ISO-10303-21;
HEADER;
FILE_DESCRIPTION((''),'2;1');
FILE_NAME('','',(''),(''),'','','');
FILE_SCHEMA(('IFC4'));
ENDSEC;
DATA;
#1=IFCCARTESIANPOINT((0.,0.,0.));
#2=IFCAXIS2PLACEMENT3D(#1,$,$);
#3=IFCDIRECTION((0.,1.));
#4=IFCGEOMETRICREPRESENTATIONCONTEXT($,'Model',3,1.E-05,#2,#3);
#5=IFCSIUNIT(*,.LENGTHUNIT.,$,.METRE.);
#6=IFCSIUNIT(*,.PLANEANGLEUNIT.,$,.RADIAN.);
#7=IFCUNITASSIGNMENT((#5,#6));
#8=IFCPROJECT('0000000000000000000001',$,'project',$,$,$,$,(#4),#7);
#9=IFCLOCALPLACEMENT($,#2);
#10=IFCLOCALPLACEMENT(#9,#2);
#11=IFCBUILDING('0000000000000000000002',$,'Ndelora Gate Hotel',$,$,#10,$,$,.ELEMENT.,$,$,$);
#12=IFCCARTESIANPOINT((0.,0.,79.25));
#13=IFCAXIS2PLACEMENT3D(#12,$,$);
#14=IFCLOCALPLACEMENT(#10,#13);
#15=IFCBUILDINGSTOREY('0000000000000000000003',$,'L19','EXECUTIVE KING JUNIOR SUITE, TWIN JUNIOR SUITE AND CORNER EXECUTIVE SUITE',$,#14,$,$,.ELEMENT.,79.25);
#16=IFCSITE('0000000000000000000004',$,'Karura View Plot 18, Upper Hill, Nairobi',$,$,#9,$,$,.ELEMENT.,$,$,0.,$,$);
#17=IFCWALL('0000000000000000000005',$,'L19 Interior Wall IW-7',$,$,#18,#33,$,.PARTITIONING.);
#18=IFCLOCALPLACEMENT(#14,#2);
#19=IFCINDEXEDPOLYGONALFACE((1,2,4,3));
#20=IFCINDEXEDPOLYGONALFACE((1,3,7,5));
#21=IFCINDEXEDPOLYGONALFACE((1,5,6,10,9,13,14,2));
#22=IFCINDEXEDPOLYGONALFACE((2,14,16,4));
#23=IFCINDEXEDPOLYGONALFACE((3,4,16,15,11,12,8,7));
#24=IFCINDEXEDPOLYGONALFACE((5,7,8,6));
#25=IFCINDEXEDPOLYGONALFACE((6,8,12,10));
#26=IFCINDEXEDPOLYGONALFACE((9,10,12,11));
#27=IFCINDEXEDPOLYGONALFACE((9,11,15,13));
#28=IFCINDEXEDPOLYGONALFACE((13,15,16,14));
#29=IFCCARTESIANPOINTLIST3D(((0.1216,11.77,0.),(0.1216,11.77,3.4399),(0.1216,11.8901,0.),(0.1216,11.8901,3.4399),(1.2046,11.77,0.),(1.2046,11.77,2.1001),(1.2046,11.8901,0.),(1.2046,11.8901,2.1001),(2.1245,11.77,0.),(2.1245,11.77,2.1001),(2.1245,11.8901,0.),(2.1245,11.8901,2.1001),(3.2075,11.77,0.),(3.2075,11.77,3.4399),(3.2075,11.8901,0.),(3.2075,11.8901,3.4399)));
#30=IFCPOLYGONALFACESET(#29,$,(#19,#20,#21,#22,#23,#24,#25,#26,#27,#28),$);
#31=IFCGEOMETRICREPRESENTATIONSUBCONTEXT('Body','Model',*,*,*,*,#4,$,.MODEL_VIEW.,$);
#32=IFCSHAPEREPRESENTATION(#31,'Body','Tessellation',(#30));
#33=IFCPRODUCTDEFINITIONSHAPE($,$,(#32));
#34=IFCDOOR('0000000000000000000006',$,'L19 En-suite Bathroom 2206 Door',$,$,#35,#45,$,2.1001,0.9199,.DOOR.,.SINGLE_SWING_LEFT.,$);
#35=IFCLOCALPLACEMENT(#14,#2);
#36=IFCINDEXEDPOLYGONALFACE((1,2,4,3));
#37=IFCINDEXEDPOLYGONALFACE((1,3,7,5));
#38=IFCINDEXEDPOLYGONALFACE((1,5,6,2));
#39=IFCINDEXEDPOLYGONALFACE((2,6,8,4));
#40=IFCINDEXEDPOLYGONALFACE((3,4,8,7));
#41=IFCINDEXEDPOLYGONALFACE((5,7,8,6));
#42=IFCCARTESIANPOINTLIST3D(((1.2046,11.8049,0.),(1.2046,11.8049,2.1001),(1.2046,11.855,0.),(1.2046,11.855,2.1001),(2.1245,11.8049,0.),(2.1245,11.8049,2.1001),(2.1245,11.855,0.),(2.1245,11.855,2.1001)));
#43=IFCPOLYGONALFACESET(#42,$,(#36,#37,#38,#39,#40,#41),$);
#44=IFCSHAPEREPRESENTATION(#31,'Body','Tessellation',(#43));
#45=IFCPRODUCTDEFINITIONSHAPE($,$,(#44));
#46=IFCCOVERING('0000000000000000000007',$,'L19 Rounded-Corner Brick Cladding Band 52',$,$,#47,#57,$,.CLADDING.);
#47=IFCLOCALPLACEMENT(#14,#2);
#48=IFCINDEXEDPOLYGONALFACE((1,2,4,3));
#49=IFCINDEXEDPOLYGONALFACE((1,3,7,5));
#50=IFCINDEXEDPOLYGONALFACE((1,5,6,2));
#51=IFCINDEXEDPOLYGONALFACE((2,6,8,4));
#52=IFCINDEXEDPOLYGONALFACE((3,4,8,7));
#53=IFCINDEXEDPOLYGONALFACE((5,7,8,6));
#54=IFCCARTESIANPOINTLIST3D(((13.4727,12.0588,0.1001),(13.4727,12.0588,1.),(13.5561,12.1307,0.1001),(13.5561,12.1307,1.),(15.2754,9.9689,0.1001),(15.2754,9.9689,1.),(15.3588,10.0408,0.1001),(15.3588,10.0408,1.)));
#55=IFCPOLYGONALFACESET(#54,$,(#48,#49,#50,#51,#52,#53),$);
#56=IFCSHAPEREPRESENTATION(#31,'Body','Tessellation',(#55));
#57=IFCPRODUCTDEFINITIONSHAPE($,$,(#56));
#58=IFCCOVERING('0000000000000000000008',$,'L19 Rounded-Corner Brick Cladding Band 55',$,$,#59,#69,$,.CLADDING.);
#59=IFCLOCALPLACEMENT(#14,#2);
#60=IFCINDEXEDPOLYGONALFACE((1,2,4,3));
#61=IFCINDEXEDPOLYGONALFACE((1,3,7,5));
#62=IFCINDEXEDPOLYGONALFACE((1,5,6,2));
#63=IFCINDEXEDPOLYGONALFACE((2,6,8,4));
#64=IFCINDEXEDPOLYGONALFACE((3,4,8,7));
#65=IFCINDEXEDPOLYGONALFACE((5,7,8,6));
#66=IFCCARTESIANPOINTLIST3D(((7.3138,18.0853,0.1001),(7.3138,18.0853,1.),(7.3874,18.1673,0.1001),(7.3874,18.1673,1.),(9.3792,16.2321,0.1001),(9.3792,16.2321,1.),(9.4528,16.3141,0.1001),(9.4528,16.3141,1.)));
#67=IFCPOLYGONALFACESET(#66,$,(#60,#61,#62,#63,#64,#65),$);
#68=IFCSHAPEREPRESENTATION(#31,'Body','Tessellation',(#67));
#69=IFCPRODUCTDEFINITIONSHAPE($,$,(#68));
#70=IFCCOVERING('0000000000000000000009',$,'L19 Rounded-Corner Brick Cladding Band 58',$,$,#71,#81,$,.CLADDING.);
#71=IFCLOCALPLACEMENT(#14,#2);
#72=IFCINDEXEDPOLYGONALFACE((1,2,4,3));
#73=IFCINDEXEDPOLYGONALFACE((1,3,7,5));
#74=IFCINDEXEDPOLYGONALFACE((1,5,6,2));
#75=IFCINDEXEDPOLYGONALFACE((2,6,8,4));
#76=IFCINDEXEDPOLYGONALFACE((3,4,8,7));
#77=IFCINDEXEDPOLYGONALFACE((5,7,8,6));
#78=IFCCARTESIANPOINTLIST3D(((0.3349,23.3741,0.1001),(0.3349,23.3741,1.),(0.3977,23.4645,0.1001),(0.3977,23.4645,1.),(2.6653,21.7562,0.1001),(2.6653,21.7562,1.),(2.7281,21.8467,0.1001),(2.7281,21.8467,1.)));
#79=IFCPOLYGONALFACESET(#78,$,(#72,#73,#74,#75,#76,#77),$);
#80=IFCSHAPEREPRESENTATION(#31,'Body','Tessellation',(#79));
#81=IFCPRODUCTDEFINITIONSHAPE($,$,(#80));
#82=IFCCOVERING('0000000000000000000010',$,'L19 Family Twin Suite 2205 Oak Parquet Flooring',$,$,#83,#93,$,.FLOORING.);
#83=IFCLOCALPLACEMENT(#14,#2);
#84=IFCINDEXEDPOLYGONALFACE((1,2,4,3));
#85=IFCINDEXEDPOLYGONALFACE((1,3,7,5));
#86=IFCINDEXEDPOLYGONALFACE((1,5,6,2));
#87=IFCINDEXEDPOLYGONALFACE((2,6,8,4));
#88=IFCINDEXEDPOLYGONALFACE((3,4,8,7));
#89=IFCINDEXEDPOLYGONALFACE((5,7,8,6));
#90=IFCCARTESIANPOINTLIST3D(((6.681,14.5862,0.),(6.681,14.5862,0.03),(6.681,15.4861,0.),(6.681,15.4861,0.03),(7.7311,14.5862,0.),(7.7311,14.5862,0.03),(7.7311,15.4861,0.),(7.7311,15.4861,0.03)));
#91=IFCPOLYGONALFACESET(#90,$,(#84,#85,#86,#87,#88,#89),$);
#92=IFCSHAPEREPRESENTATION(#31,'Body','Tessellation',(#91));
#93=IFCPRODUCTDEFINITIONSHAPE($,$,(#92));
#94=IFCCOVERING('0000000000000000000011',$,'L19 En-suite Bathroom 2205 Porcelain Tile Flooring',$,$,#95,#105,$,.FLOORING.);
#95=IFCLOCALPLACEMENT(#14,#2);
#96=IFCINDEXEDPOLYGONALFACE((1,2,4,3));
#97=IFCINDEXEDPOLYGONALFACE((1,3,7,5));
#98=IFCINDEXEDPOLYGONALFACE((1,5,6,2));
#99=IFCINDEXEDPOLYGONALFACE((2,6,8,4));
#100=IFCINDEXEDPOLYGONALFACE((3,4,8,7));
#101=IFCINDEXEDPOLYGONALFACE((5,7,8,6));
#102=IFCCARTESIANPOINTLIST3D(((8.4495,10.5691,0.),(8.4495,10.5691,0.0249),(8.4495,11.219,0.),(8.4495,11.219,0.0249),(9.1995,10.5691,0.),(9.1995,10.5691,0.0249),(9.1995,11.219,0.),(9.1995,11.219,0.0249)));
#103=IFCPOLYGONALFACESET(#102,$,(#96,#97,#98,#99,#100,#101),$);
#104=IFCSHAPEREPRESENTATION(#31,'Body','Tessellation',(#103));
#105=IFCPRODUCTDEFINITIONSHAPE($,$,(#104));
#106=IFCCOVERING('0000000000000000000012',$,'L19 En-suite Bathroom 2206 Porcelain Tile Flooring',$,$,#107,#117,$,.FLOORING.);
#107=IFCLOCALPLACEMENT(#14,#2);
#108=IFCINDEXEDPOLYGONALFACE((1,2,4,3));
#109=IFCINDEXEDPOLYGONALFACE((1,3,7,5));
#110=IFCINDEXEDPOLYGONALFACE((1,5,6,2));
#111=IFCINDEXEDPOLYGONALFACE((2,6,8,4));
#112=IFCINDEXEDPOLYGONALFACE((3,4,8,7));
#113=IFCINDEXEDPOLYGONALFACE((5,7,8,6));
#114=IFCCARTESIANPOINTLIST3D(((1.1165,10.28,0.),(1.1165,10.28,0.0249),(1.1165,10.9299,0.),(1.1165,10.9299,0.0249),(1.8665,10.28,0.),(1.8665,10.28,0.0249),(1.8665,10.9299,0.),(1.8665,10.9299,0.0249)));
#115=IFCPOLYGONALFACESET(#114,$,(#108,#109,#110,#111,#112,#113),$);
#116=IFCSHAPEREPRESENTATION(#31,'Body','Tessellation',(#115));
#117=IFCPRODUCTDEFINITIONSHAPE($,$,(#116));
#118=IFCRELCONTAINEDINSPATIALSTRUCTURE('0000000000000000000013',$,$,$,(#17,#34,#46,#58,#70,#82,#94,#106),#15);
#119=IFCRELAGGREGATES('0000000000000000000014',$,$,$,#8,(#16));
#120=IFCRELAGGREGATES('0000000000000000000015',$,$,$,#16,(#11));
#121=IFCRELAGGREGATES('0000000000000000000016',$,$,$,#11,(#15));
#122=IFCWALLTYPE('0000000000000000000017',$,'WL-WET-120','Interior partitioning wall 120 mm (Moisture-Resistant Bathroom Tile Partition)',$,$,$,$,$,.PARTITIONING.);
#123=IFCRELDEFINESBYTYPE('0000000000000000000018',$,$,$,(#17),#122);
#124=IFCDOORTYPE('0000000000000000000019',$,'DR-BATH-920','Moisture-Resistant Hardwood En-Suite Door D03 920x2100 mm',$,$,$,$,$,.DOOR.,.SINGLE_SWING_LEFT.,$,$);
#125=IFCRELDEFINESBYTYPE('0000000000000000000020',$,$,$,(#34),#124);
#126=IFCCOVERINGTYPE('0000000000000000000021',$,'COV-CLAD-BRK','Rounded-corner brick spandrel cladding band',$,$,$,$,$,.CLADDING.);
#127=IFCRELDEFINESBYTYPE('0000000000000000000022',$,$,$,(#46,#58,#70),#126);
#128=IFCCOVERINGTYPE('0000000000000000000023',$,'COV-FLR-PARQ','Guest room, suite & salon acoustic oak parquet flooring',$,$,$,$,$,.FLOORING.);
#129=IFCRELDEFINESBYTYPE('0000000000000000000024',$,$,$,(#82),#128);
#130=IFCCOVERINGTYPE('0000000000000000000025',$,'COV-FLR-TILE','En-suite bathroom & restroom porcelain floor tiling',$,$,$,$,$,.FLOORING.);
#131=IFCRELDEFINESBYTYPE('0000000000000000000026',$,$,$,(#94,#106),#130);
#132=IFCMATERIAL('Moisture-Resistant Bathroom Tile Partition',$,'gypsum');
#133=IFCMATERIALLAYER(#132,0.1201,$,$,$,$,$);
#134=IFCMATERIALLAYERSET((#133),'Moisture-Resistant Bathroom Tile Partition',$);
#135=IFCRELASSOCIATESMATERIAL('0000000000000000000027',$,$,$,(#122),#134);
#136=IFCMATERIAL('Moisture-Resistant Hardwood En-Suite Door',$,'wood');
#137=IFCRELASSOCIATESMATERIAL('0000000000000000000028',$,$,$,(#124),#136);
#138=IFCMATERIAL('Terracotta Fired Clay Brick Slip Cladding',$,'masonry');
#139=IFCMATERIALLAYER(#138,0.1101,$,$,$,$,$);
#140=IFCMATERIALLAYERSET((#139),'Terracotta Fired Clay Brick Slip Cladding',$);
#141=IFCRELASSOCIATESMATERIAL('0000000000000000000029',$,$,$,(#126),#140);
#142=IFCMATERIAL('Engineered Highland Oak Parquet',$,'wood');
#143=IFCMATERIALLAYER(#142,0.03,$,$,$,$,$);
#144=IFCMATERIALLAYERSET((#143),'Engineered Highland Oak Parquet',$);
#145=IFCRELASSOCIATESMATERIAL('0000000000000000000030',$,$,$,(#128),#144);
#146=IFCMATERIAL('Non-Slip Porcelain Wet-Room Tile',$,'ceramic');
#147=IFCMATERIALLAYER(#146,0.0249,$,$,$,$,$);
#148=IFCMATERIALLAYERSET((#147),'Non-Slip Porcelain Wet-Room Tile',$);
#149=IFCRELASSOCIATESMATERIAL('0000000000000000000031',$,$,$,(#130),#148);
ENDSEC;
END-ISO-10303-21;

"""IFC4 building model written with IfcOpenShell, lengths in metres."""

from ifc_helpers import new_model, si_unit, direction, frame, frame_2d, origin, origin_2d, place, context, subcontext, project, spatial, rectangle, extrude, material, layer, layer_set, type_object, element, fill, save


model = new_model("IFC4")

# Units and contexts
model_context = context("Model", 3, precision=1e-05, world=origin(), true_north=direction((0.0, 1.0)))
body_context = subcontext(model_context, "Body", "Model", "MODEL_VIEW")
ifc_project = project(units=[si_unit("LENGTHUNIT", "METRE"), si_unit("PLANEANGLEUNIT", "RADIAN")], contexts=[model_context])

# Site, building, storey
site_placement = place(None, origin())
site = spatial("IfcSite", under=ifc_project, at=site_placement, Name="Karura View Plot 18, Upper Hill, Nairobi", CompositionType="ELEMENT", RefElevation=0.0)
building_placement = place(site_placement, origin())
building = spatial("IfcBuilding", under=site, at=building_placement, Name="Ndelora Gate Hotel", CompositionType="ELEMENT")
storey_placement = place(building_placement, frame((0.0, 0.0, 79.25)))
storey = spatial("IfcBuildingStorey", under=building, at=storey_placement, Name="L19", Description="EXECUTIVE KING JUNIOR SUITE, TWIN JUNIOR SUITE AND CORNER EXECUTIVE SUITE", CompositionType="ELEMENT", Elevation=79.25)

# Shared definitions
ifc_material_1 = material(Name="Moisture-Resistant Bathroom Tile Partition", Category="gypsum")
ifc_layer_1 = layer(ifc_material_1, 0.1201)
ifc_layer_set_1 = layer_set([ifc_layer_1], Name="Moisture-Resistant Bathroom Tile Partition")
wall_type_1 = type_object("IfcWallType", Name="WL-WET-120", Description="Interior partitioning wall 120 mm (Moisture-Resistant Bathroom Tile Partition)", PredefinedType="PARTITIONING", material=ifc_layer_set_1)

# Wall, opening, door
wall_1_placement = place(storey_placement, frame((0.1216, 11.8301, 0.0), z_axis=(0.0, 0.0, 1.0), x_axis=(1.0, 0.0, 0.0)))
wall_1 = element("IfcWall", 1, at=wall_1_placement, inside=storey, type_object=wall_type_1, Name="L19 Interior Wall IW-7", PredefinedType="PARTITIONING", context=body_context, shape_type="SweptSolid", body=[
    extrude(rectangle(XDim=3.0859, YDim=0.1201, at=frame_2d((1.543, 0.0))), origin(), (0.0, 0.0, 1.0), 3.4399),
])
opening_1_placement = place(wall_1_placement, frame((1.083, 0.0, 0.0)))
opening_1 = element("IfcOpeningElement", 2, at=opening_1_placement, cuts=wall_1, PredefinedType="OPENING", context=body_context, shape_type="SweptSolid", body=[
    extrude(rectangle(XDim=0.9199, YDim=2.1001, at=frame_2d((0.46, 1.05))), frame((0.0, 0.0701, 0.0), z_axis=(0.0, -1.0, 0.0), x_axis=(1.0, 0.0, 0.0)), (0.0, 0.0, 1.0), 0.1401),
])
ifc_material_2 = material(Name="Moisture-Resistant Hardwood En-Suite Door", Category="wood")
door_type = type_object("IfcDoorType", Name="DR-BATH-920", Description="Moisture-Resistant Hardwood En-Suite Door D03 920x2100 mm", OperationType="SINGLE_SWING_LEFT", PredefinedType="DOOR", material=ifc_material_2)
door_placement = place(opening_1_placement, origin())
door = element("IfcDoor", 3, at=door_placement, inside=storey, type_object=door_type, Name="L19 En-suite Bathroom 2206 Door", OperationType="SINGLE_SWING_LEFT", OverallHeight=2.1001, OverallWidth=0.9199, PredefinedType="DOOR", context=body_context, shape_type="SweptSolid", body=[
    extrude(rectangle(XDim=0.9199, YDim=2.1001, at=frame_2d((0.46, 1.05))), frame((0.0, 0.0249, 0.0), z_axis=(0.0, -1.0, 0.0), x_axis=(1.0, 0.0, 0.0)), (0.0, 0.0, 1.0), 0.05),
])
fill(opening_1, door)

# Coverings
ifc_material_3 = material(Name="Terracotta Fired Clay Brick Slip Cladding", Category="masonry")
ifc_layer_2 = layer(ifc_material_3, 0.1101)
ifc_layer_set_2 = layer_set([ifc_layer_2], Name="Terracotta Fired Clay Brick Slip Cladding")
covering_type_1 = type_object("IfcCoveringType", Name="COV-CLAD-BRK", Description="Rounded-corner brick spandrel cladding band", PredefinedType="CLADDING", material=ifc_layer_set_2)
covering_1_placement = place(storey_placement, frame((14.4158, 11.0498, 0.1001), z_axis=(0.0, 0.0, 1.0), x_axis=(-0.653156, 0.757223, 0.0)))
element("IfcCovering", 4, at=covering_1_placement, inside=storey, type_object=covering_type_1, Name="L19 Rounded-Corner Brick Cladding Band 52", PredefinedType="CLADDING", context=body_context, shape_type="SweptSolid", body=[
    extrude(rectangle(XDim=2.76, YDim=0.1101, at=origin_2d()), origin(), (0.0, 0.0, 1.0), 0.8999),
])
covering_2_placement = place(storey_placement, frame((8.3833, 17.1997, 0.1001), z_axis=(0.0, 0.0, 1.0), x_axis=(-0.744312, 0.667833, 0.0)))
element("IfcCovering", 5, at=covering_2_placement, inside=storey, type_object=covering_type_1, Name="L19 Rounded-Corner Brick Cladding Band 55", PredefinedType="CLADDING", context=body_context, shape_type="SweptSolid", body=[
    extrude(rectangle(XDim=2.7749, YDim=0.1101, at=origin_2d()), origin(), (0.0, 0.0, 1.0), 0.8999),
])
covering_3_placement = place(storey_placement, frame((1.5315, 22.6104, 0.1001), z_axis=(0.0, 0.0, 1.0), x_axis=(-0.821448, 0.570284, 0.0)))
element("IfcCovering", 6, at=covering_3_placement, inside=storey, type_object=covering_type_1, Name="L19 Rounded-Corner Brick Cladding Band 58", PredefinedType="CLADDING", context=body_context, shape_type="SweptSolid", body=[
    extrude(rectangle(XDim=2.8369, YDim=0.1101, at=origin_2d()), origin(), (0.0, 0.0, 1.0), 0.8999),
])
ifc_material_4 = material(Name="Engineered Highland Oak Parquet", Category="wood")
ifc_layer_3 = layer(ifc_material_4, 0.03)
ifc_layer_set_3 = layer_set([ifc_layer_3], Name="Engineered Highland Oak Parquet")
covering_type_2 = type_object("IfcCoveringType", Name="COV-FLR-PARQ", Description="Guest room, suite & salon acoustic oak parquet flooring", PredefinedType="FLOORING", material=ifc_layer_set_3)
covering_4_placement = place(storey_placement, frame((7.2061, 15.0361, 0.0), z_axis=(0.0, 0.0, 1.0), x_axis=(1.0, 0.0, 0.0)))
element("IfcCovering", 7, at=covering_4_placement, inside=storey, type_object=covering_type_2, Name="L19 Family Twin Suite 2205 Oak Parquet Flooring", PredefinedType="FLOORING", context=body_context, shape_type="SweptSolid", body=[
    extrude(rectangle(XDim=1.05, YDim=0.8999, at=origin_2d()), origin(), (0.0, 0.0, 1.0), 0.03),
])
ifc_material_5 = material(Name="Non-Slip Porcelain Wet-Room Tile", Category="ceramic")
ifc_layer_4 = layer(ifc_material_5, 0.0249)
ifc_layer_set_4 = layer_set([ifc_layer_4], Name="Non-Slip Porcelain Wet-Room Tile")
covering_type_3 = type_object("IfcCoveringType", Name="COV-FLR-TILE", Description="En-suite bathroom & restroom porcelain floor tiling", PredefinedType="FLOORING", material=ifc_layer_set_4)
for number, where, z_axis, x_axis, name in (
    (8, (8.8245, 10.894, 0.0), (0.0, 0.0, 1.0), (1.0, 0.0, 0.0), "L19 En-suite Bathroom 2205 Porcelain Tile Flooring"),
    (9, (1.4915, 10.605, 0.0), (0.0, 0.0, 1.0), (1.0, 0.0, 0.0), "L19 En-suite Bathroom 2206 Porcelain Tile Flooring"),
):
    element("IfcCovering", number, at=place(storey_placement, frame(where, z_axis=z_axis, x_axis=x_axis)), inside=storey, type_object=covering_type_3, Name=name, PredefinedType="FLOORING", context=body_context, shape_type="SweptSolid", body=[
        extrude(rectangle(XDim=0.75, YDim=0.6499, at=origin_2d()), origin(), (0.0, 0.0, 1.0), 0.0249),
    ])

save(model, "model.ifc")
